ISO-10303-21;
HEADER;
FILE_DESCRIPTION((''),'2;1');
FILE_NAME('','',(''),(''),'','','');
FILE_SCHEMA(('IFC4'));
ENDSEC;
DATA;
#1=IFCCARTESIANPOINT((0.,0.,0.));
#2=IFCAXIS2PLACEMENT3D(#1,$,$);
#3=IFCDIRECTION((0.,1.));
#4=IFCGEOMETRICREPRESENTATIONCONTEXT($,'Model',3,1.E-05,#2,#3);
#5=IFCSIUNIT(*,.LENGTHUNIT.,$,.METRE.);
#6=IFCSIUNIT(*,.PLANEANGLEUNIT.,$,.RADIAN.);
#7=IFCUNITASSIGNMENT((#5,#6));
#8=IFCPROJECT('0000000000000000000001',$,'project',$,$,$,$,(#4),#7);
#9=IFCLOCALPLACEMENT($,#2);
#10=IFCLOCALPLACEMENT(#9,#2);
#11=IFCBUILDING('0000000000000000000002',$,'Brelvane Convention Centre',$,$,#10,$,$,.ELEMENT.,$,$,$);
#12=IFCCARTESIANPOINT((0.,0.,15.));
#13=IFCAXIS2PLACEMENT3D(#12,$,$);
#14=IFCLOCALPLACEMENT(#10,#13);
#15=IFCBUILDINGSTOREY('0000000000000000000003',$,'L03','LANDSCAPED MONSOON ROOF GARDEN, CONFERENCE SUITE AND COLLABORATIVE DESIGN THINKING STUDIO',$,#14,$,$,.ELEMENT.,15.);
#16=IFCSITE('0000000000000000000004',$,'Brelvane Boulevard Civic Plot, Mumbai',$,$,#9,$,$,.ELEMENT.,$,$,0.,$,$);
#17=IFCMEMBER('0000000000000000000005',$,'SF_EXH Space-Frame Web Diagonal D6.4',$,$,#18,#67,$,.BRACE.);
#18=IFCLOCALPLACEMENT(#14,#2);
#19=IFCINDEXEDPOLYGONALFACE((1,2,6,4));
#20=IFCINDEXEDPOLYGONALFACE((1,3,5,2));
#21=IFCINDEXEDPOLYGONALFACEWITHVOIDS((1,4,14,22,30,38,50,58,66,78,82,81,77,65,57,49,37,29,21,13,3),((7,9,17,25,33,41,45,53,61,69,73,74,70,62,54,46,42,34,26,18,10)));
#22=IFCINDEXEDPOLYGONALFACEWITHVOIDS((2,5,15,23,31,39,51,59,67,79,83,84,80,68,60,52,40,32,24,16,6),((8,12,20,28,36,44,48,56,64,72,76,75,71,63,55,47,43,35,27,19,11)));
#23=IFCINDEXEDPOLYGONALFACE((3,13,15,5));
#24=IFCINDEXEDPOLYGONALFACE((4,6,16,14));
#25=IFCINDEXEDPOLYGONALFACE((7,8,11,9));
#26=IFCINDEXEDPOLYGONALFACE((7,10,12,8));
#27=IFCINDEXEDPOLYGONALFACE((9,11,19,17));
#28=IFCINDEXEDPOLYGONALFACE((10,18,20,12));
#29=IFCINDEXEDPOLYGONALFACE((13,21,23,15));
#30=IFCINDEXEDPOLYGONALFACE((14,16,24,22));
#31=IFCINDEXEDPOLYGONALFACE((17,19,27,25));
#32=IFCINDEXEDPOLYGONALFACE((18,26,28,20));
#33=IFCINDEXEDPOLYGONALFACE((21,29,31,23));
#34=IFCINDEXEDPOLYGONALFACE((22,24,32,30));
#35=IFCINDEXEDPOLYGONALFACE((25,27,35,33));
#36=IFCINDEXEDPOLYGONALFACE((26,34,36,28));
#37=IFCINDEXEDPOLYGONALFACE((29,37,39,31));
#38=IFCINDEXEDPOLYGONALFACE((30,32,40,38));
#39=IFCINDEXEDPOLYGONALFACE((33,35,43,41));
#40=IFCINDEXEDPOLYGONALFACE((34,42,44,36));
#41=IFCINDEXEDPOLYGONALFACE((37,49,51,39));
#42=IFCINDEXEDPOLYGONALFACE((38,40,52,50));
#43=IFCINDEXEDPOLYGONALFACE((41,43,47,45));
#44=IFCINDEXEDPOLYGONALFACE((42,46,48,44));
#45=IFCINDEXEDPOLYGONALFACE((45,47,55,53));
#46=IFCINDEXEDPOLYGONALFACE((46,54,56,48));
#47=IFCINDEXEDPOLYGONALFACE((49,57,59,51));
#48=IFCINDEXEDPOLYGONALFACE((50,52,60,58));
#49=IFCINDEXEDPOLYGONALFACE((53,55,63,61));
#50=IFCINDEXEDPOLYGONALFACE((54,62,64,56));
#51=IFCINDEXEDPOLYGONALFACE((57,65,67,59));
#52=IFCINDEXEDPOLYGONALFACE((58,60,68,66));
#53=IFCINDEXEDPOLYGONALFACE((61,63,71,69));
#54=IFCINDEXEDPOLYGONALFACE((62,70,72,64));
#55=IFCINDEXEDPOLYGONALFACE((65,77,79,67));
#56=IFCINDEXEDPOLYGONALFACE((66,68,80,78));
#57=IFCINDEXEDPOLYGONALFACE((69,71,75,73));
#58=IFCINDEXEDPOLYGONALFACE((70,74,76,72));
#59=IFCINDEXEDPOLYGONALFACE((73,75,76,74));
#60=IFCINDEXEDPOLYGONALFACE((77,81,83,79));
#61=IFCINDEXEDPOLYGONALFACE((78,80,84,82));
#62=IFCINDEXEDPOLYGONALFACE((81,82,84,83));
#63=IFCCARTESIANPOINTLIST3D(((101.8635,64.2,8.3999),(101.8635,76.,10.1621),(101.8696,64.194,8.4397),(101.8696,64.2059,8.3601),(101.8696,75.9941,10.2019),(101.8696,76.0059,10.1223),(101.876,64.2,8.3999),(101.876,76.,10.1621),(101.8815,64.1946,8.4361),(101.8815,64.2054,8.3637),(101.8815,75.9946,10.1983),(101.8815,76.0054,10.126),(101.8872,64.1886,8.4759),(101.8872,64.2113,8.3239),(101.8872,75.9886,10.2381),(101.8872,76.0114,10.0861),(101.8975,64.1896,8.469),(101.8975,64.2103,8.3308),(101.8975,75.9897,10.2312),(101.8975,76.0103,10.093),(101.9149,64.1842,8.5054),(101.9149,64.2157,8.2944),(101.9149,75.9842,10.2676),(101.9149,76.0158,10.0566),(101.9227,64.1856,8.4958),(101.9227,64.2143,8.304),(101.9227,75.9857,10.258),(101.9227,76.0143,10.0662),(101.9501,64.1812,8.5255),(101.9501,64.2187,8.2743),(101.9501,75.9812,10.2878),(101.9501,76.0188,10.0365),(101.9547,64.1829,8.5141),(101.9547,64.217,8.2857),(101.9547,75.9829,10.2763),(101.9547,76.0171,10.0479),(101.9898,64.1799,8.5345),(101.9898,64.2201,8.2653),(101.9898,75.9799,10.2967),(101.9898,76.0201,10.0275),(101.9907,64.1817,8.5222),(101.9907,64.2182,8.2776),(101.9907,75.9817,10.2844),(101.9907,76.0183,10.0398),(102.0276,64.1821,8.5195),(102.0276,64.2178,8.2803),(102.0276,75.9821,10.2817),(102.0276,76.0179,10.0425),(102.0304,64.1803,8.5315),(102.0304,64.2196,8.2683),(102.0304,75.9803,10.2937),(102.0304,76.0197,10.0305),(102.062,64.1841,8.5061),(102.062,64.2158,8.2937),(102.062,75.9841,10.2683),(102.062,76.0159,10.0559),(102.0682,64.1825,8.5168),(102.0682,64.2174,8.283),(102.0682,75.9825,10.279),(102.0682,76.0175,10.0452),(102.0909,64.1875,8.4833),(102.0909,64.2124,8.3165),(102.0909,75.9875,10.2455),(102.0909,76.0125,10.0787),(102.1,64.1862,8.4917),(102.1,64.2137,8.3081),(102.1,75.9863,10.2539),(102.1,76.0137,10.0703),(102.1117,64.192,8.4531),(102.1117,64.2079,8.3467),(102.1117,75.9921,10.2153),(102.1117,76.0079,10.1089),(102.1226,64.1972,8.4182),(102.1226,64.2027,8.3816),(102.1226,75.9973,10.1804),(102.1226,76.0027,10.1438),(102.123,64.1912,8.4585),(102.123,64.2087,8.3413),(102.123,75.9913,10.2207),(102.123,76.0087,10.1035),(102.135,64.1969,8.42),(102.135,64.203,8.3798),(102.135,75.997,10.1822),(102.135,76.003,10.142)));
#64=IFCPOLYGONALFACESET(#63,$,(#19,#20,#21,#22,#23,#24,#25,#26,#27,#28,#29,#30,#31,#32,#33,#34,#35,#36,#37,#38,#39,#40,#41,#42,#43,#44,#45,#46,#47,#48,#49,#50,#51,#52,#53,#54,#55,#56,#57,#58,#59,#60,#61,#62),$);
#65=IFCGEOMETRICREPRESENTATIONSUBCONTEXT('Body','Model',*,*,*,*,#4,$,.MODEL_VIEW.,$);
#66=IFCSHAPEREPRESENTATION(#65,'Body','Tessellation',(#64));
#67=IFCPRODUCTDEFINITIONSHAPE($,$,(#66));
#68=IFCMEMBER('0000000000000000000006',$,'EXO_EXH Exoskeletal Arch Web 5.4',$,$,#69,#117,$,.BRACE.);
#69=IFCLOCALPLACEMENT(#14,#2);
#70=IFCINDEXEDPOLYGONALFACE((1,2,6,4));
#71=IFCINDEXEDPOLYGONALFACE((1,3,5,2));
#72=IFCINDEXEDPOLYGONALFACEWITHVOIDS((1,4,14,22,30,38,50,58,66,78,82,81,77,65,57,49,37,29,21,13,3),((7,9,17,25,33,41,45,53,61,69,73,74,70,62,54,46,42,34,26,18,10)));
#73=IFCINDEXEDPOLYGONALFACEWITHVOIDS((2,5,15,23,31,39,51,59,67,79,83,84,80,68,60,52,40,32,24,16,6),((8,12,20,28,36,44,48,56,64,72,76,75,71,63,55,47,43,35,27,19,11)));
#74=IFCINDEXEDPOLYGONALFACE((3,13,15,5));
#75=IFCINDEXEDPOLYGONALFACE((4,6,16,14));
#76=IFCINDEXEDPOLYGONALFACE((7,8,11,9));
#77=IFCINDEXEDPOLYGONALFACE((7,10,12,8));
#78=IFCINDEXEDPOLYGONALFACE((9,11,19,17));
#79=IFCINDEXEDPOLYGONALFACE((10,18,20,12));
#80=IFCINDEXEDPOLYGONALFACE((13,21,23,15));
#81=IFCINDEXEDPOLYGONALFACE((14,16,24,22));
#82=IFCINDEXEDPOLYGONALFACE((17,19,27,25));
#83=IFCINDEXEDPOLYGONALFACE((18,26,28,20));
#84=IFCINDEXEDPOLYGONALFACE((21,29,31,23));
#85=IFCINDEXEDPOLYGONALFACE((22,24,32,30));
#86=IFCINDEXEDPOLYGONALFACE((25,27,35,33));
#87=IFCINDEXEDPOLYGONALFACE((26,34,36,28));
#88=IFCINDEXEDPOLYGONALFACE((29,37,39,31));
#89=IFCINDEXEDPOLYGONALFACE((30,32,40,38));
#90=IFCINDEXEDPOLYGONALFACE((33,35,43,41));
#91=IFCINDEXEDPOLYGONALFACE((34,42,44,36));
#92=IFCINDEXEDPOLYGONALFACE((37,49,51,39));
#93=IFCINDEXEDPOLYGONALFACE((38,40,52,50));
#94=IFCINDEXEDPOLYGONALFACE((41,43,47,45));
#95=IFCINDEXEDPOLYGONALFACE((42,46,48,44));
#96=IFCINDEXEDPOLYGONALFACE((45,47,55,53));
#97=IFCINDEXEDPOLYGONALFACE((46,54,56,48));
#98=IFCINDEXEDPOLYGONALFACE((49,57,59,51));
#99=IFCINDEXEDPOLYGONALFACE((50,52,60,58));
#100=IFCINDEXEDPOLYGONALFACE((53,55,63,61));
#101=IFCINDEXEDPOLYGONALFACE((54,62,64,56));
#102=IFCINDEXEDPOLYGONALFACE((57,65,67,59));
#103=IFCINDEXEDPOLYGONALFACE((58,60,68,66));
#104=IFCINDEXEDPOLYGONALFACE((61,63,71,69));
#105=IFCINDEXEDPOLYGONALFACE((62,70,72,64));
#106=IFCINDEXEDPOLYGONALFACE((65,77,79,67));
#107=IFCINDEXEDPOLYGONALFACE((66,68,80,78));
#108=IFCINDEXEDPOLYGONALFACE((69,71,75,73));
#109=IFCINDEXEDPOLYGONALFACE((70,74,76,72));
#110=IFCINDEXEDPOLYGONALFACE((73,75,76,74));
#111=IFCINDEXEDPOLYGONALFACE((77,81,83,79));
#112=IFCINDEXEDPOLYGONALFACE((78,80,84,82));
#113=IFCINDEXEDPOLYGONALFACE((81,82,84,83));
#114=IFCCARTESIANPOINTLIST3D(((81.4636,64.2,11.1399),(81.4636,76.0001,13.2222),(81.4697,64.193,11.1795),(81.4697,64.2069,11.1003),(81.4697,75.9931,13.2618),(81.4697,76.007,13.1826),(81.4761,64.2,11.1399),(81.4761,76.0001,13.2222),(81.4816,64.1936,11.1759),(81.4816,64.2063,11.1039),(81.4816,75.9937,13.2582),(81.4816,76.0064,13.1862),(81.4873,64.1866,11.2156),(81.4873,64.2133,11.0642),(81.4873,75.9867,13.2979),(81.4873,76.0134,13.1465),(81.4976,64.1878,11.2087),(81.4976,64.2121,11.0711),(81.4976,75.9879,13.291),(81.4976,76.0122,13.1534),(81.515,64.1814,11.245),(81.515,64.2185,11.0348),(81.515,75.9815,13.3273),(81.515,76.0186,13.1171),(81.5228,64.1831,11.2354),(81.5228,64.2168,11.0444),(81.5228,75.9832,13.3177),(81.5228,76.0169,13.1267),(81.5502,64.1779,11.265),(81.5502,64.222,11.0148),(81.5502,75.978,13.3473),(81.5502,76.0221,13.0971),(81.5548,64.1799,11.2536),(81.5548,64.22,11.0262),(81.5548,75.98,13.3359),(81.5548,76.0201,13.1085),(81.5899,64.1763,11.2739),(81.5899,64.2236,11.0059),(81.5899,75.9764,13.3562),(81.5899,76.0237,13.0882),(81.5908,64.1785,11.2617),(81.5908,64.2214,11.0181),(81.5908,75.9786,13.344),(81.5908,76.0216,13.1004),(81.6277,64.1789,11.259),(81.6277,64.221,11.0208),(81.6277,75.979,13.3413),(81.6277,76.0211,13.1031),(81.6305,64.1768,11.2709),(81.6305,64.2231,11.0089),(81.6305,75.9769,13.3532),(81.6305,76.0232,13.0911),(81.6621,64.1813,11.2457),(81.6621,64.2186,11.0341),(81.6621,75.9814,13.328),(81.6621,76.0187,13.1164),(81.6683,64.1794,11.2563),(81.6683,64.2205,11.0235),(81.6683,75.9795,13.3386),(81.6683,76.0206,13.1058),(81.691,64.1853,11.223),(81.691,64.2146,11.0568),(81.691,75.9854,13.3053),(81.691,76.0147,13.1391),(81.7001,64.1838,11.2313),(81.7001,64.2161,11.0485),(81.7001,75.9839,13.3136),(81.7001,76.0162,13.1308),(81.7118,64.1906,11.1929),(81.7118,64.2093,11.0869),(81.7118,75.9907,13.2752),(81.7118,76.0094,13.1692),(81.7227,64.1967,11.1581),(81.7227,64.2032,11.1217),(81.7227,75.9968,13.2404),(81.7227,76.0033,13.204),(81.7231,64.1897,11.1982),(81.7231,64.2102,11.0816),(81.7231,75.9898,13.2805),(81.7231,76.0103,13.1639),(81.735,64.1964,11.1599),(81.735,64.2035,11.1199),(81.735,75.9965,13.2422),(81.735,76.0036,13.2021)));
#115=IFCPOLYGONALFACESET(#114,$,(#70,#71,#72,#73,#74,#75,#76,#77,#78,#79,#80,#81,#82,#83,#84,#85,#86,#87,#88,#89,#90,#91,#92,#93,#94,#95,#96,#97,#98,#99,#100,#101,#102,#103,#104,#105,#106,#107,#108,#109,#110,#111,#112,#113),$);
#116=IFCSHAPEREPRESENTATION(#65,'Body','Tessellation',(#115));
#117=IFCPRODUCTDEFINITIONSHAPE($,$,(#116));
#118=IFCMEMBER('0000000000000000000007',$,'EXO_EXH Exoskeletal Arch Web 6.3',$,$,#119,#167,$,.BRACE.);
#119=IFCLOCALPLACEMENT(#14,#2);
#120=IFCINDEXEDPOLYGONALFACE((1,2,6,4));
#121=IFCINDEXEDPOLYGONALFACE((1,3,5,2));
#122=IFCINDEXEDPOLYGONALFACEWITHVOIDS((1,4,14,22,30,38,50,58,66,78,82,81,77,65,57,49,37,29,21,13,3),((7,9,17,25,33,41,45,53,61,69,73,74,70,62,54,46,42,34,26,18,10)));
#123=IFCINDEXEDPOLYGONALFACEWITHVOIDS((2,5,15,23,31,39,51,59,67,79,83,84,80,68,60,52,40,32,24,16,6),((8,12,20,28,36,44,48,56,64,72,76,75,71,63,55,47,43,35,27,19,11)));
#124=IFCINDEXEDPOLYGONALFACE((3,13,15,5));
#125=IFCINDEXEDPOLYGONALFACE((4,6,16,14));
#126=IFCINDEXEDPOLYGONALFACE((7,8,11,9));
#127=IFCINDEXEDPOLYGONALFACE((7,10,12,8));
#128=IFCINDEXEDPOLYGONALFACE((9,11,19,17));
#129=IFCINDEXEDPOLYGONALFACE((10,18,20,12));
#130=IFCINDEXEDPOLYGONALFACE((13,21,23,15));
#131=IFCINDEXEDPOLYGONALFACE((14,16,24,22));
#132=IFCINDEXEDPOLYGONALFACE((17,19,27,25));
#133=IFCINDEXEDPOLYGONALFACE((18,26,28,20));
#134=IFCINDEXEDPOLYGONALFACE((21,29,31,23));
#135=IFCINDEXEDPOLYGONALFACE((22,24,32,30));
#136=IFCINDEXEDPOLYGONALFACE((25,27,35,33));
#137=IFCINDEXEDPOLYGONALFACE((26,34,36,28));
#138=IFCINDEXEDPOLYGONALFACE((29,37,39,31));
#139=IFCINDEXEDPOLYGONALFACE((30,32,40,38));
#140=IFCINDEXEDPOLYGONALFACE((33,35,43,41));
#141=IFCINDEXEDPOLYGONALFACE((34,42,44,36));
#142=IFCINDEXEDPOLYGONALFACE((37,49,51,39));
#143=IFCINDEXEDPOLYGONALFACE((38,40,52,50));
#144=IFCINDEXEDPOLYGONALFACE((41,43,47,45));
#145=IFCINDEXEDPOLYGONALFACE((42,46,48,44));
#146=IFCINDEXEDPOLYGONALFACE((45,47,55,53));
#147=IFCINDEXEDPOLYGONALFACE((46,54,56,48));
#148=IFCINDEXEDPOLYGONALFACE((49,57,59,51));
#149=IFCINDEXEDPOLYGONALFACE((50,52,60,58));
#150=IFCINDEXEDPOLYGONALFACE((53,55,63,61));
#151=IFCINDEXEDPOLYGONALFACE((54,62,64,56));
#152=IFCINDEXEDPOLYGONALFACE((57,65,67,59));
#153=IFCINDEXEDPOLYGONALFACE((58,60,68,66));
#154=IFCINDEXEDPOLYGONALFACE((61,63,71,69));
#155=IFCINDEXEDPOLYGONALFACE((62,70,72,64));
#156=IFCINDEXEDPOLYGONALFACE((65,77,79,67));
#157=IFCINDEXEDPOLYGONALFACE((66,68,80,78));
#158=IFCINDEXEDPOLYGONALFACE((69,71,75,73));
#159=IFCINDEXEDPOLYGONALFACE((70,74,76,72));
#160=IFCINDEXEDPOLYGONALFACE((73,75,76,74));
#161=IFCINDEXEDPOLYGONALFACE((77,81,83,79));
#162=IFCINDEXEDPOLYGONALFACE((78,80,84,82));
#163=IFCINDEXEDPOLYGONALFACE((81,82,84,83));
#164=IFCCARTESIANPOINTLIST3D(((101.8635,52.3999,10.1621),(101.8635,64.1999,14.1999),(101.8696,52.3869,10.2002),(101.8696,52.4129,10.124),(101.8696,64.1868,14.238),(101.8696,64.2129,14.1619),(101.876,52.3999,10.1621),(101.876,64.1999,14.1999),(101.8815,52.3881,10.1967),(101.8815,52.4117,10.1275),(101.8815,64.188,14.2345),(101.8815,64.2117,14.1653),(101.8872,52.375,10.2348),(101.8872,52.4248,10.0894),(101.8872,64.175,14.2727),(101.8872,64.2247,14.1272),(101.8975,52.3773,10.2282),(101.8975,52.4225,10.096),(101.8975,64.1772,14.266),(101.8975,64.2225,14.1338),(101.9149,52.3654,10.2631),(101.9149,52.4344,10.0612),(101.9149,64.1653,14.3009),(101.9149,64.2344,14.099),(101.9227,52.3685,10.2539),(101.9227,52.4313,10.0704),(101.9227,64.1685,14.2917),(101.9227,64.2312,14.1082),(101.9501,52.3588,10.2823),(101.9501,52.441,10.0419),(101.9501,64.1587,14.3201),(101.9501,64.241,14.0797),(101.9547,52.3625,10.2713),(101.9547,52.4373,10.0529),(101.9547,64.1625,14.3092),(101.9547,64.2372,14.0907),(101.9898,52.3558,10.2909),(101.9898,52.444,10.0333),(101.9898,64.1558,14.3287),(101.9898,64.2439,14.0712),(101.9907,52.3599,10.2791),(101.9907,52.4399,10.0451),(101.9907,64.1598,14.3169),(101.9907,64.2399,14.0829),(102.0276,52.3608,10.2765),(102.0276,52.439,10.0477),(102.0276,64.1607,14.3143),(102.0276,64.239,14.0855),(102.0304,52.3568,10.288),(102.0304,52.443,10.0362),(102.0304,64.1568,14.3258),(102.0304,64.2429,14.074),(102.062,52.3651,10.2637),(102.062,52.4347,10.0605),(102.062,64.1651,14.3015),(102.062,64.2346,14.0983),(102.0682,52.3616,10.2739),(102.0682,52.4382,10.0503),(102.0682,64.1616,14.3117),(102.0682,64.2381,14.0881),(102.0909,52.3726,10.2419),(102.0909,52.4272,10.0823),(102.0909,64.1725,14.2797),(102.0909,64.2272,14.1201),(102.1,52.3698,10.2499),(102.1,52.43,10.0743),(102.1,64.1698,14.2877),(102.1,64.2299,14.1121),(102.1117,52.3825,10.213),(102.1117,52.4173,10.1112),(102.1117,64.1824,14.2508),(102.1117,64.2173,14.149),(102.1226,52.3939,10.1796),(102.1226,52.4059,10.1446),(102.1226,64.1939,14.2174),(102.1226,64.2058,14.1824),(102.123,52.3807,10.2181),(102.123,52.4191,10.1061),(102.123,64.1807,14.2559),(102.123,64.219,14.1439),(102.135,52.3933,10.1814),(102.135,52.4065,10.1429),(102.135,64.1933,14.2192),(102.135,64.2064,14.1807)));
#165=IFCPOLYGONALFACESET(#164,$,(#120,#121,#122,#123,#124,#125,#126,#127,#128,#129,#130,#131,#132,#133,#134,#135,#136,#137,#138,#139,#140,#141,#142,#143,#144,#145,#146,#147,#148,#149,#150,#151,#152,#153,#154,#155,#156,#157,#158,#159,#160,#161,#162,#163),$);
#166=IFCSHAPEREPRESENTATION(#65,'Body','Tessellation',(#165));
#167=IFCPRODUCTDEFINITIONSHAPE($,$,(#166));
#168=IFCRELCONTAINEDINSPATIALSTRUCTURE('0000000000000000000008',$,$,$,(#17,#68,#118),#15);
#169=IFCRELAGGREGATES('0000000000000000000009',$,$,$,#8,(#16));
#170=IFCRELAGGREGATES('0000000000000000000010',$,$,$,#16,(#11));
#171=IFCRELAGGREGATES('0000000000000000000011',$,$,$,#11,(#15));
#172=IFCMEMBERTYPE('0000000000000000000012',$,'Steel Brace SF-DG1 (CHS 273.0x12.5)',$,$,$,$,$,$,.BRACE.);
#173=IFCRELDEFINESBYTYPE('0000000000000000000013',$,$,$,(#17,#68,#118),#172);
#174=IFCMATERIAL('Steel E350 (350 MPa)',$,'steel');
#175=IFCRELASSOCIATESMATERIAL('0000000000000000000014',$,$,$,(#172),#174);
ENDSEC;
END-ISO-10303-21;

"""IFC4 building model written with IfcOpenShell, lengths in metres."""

from ifc_helpers import new_model, si_unit, direction, frame, origin, origin_2d, place, context, subcontext, project, spatial, hollow_circle, extrude, material, material_profile, profile_set, type_object, element, save


model = new_model("IFC4")

# Units and contexts
model_context = context("Model", 3, precision=1e-05, world=origin(), true_north=direction((0.0, 1.0)))
body_context = subcontext(model_context, "Body", "Model", "MODEL_VIEW")
ifc_project = project(units=[si_unit("LENGTHUNIT", "METRE"), si_unit("PLANEANGLEUNIT", "RADIAN")], contexts=[model_context])

# Site, building, storey
site_placement = place(None, origin())
site = spatial("IfcSite", under=ifc_project, at=site_placement, Name="Brelvane Boulevard Civic Plot, Mumbai", CompositionType="ELEMENT", RefElevation=0.0)
building_placement = place(site_placement, origin())
building = spatial("IfcBuilding", under=site, at=building_placement, Name="Brelvane Convention Centre", CompositionType="ELEMENT")
storey_placement = place(building_placement, frame((0.0, 0.0, 15.0)))
storey = spatial("IfcBuildingStorey", under=building, at=storey_placement, Name="L03", Description="LANDSCAPED MONSOON ROOF GARDEN, CONFERENCE SUITE AND COLLABORATIVE DESIGN THINKING STUDIO", CompositionType="ELEMENT", Elevation=15.0)

# Members
ifc_material_1 = material(Name="Steel E350 (350 MPa)", Category="steel")
ifc_material_profile_1 = material_profile(ifc_material_1, hollow_circle(Radius=0.1365, WallThickness=0.0125, at=origin_2d()), Name="CHS 273.0x12.5")
ifc_profile_set_1 = profile_set([ifc_material_profile_1], Name="Steel E350 (350 MPa)")
member_type_1 = type_object("IfcMemberType", Name="Steel Brace SF-DG1 (CHS 273.0x12.5)", PredefinedType="BRACE", material=ifc_profile_set_1)
member_1_placement = place(storey_placement, frame((102.0, 64.2, 8.3999), z_axis=(0.0, 0.989032, 0.147701), x_axis=(-1.0, 0.0, 0.0)))
element("IfcMember", 1, at=member_1_placement, inside=storey, type_object=member_type_1, Name="SF_EXH Space-Frame Web Diagonal D6.4", PredefinedType="BRACE", context=body_context, shape_type="SweptSolid", body=[
    extrude(hollow_circle(Radius=0.1365, WallThickness=0.0125, at=origin_2d()), origin(), (0.0, 0.0, 1.0), 11.9309),
])
member_2_placement = place(storey_placement, frame((81.6001, 64.2, 11.1399), z_axis=(0.0, 0.984785, 0.173778), x_axis=(-1.0, 0.0, 0.0)))
element("IfcMember", 2, at=member_2_placement, inside=storey, type_object=member_type_1, Name="EXO_EXH Exoskeletal Arch Web 5.4", PredefinedType="BRACE", context=body_context, shape_type="SweptSolid", body=[
    extrude(hollow_circle(Radius=0.1365, WallThickness=0.0125, at=origin_2d()), origin(), (0.0, 0.0, 1.0), 11.9824),
])
member_3_placement = place(storey_placement, frame((102.0, 52.3999, 10.1621), z_axis=(0.0, 0.94614, 0.323758), x_axis=(-1.0, 0.0, 0.0)))
element("IfcMember", 3, at=member_3_placement, inside=storey, type_object=member_type_1, Name="EXO_EXH Exoskeletal Arch Web 6.3", PredefinedType="BRACE", context=body_context, shape_type="SweptSolid", body=[
    extrude(hollow_circle(Radius=0.1365, WallThickness=0.0125, at=origin_2d()), origin(), (0.0, 0.0, 1.0), 12.4717),
])

save(model, "model.ifc")
